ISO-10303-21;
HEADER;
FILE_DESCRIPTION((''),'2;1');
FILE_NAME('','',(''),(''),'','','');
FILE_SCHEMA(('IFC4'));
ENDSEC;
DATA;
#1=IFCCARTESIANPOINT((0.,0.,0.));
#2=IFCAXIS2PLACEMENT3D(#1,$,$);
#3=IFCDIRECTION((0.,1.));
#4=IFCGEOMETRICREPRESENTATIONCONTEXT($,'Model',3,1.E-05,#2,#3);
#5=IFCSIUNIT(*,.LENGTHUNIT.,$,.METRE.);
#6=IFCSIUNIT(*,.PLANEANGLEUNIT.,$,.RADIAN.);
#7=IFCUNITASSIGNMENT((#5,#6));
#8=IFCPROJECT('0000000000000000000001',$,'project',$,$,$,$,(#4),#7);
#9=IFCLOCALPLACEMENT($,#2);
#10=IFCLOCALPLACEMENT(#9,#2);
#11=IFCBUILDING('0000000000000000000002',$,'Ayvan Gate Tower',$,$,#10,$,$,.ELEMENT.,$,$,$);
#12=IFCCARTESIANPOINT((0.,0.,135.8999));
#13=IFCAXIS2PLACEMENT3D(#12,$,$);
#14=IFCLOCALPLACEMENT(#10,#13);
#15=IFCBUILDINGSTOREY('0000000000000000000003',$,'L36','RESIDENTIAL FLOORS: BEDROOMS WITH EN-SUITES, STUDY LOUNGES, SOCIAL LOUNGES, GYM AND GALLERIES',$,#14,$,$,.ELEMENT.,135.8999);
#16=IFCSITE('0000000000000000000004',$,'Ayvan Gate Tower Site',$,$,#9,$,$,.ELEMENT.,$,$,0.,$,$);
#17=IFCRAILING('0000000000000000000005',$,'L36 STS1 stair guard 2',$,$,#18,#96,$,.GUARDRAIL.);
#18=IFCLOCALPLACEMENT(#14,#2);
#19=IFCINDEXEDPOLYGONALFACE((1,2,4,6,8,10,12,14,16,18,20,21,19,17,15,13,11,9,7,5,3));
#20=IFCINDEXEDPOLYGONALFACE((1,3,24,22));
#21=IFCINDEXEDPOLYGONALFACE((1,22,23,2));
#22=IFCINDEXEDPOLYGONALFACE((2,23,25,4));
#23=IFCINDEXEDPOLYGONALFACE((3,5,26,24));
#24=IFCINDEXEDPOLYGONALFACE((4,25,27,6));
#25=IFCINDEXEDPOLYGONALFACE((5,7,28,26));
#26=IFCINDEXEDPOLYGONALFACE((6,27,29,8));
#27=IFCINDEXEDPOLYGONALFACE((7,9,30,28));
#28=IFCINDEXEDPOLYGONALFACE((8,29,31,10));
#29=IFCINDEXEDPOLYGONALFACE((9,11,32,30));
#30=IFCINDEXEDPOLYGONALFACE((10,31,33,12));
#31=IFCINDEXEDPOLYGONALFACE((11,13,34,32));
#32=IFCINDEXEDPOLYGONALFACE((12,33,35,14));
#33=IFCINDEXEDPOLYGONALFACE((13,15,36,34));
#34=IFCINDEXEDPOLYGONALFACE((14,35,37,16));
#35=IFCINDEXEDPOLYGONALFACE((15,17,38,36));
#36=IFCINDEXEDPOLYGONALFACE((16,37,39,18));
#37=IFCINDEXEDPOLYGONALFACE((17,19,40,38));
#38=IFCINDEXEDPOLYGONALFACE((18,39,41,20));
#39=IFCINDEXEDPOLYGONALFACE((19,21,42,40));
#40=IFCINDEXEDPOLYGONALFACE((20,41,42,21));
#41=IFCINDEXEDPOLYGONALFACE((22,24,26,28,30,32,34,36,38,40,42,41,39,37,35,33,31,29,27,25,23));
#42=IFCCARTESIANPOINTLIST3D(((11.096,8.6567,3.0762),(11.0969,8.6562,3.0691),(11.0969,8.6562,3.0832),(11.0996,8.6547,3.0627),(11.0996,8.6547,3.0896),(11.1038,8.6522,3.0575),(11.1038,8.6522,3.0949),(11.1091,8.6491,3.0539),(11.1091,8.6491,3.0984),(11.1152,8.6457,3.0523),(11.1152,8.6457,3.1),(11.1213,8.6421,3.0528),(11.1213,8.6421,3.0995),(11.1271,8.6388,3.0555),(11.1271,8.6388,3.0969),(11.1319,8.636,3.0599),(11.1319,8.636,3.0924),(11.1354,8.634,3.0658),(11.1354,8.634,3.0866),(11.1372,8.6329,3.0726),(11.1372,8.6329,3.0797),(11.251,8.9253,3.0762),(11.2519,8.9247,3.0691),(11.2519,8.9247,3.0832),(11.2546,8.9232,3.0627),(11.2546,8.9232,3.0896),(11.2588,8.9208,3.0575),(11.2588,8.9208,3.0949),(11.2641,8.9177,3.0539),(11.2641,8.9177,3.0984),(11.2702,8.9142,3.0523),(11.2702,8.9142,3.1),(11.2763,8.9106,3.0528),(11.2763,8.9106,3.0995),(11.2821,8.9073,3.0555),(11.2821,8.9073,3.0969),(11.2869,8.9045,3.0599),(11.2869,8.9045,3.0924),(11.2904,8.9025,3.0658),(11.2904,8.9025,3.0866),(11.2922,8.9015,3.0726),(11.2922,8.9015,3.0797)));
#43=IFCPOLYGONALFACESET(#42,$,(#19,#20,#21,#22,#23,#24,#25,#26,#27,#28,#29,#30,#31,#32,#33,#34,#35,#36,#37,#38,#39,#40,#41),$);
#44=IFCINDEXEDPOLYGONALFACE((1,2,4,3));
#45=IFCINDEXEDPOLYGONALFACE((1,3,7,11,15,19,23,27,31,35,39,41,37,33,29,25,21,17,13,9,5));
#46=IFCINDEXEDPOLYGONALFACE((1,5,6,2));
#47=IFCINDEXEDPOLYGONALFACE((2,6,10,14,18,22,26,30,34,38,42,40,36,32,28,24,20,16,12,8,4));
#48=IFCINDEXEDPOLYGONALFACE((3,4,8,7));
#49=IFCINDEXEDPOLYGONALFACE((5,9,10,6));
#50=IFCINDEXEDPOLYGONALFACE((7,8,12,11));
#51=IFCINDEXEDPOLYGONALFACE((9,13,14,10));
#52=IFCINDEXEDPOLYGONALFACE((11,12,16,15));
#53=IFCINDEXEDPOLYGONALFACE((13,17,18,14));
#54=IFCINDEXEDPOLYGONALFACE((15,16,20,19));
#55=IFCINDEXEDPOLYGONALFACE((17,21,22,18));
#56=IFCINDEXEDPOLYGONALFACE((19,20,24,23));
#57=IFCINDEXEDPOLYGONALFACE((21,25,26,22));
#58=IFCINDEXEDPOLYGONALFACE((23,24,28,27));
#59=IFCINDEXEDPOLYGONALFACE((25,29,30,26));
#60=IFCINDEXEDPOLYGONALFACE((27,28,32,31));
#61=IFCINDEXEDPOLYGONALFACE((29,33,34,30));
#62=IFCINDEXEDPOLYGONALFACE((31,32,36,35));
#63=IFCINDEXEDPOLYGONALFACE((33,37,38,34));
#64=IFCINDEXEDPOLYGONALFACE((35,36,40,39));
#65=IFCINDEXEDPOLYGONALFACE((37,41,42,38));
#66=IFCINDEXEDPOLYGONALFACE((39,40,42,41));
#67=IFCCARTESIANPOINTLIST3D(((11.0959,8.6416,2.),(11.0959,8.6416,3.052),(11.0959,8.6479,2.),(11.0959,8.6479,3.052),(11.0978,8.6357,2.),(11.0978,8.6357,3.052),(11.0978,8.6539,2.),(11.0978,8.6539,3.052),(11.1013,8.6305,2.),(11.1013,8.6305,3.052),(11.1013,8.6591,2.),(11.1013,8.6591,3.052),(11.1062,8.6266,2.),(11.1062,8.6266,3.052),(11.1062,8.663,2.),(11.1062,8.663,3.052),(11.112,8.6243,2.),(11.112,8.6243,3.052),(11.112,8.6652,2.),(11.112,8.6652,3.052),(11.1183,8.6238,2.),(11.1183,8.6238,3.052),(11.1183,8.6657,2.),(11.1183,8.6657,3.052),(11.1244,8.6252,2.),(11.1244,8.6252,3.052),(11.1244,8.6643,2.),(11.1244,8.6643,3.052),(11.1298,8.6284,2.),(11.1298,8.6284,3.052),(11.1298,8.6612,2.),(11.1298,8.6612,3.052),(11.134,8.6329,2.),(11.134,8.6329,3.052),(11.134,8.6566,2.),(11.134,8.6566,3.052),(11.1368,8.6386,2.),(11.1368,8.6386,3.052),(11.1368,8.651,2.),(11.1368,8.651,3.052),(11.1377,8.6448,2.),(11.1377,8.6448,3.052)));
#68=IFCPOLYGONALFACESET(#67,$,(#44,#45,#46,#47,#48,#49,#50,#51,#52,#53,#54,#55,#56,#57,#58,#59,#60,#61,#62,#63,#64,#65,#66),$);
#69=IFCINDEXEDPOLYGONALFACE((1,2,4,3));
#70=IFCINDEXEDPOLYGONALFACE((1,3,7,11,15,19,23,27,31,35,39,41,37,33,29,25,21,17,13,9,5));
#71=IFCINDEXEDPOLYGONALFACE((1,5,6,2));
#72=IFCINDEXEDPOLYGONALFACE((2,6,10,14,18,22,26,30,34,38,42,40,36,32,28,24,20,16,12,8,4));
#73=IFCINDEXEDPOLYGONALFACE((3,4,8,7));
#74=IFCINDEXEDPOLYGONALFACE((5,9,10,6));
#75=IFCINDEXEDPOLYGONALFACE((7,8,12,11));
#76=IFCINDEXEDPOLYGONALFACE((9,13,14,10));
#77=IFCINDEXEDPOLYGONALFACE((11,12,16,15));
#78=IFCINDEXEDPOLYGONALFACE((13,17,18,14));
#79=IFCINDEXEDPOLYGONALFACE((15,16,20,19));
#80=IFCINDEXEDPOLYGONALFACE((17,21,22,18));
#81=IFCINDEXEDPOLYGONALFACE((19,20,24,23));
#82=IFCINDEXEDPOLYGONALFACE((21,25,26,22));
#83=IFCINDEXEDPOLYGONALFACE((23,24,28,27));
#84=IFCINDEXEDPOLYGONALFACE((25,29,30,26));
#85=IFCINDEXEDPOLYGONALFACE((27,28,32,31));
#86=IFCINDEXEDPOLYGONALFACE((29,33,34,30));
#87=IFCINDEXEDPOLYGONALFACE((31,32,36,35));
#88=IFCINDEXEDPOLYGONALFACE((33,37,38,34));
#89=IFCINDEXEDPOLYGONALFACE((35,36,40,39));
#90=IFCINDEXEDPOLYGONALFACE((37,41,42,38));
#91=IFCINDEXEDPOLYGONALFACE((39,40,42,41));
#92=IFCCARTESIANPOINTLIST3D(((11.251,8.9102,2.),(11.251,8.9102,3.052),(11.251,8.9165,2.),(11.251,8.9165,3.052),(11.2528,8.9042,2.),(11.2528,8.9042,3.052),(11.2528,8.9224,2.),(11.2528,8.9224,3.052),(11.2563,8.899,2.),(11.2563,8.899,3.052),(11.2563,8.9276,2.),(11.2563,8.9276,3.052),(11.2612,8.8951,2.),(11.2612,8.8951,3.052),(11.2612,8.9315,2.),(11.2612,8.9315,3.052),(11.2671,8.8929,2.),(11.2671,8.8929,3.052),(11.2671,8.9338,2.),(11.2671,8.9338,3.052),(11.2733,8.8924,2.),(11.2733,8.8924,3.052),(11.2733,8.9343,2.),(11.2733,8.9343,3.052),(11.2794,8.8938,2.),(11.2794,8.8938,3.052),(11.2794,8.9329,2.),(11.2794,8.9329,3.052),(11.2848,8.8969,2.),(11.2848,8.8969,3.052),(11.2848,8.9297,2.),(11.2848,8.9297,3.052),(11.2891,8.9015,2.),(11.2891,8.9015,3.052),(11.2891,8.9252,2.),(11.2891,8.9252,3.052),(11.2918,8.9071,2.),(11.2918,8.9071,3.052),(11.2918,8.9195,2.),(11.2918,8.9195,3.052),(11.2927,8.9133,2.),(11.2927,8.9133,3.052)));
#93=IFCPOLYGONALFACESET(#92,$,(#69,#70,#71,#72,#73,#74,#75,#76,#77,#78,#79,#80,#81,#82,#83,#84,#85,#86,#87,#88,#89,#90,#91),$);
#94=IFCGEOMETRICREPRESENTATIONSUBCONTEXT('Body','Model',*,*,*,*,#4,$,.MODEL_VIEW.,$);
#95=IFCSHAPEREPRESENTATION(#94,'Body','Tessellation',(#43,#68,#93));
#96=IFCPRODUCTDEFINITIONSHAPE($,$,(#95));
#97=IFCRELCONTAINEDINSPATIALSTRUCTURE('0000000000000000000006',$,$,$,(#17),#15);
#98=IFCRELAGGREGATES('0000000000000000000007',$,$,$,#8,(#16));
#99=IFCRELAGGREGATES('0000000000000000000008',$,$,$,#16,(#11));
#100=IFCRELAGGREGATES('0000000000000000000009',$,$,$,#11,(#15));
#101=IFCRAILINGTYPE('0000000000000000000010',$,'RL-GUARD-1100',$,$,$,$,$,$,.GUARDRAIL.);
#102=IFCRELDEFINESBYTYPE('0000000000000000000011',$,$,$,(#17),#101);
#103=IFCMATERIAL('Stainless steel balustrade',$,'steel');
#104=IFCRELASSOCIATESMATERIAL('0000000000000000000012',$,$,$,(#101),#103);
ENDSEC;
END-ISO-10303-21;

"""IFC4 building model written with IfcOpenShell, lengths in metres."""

from ifc_helpers import new_model, si_unit, direction, frame, origin, origin_2d, place, context, subcontext, project, spatial, circle, extrude, material, type_object, element, save


model = new_model("IFC4")

# Units and contexts
model_context = context("Model", 3, precision=1e-05, world=origin(), true_north=direction((0.0, 1.0)))
body_context = subcontext(model_context, "Body", "Model", "MODEL_VIEW")
ifc_project = project(units=[si_unit("LENGTHUNIT", "METRE"), si_unit("PLANEANGLEUNIT", "RADIAN")], contexts=[model_context])

# Site, building, storey
site_placement = place(None, origin())
site = spatial("IfcSite", under=ifc_project, at=site_placement, Name="Ayvan Gate Tower Site", CompositionType="ELEMENT", RefElevation=0.0)
building_placement = place(site_placement, origin())
building = spatial("IfcBuilding", under=site, at=building_placement, Name="Ayvan Gate Tower", CompositionType="ELEMENT")
storey_placement = place(building_placement, frame((0.0, 0.0, 135.8999)))
storey = spatial("IfcBuildingStorey", under=building, at=storey_placement, Name="L36", Description="RESIDENTIAL FLOORS: BEDROOMS WITH EN-SUITES, STUDY LOUNGES, SOCIAL LOUNGES, GYM AND GALLERIES", CompositionType="ELEMENT", Elevation=135.8999)

# Railing
ifc_material_1 = material(Name="Stainless steel balustrade", Category="steel")
railing_type_1 = type_object("IfcRailingType", Name="RL-GUARD-1100", PredefinedType="GUARDRAIL", material=ifc_material_1)
railing_1_placement = place(storey_placement, frame((11.1167, 8.6448, 2.0)))
element("IfcRailing", 1, at=railing_1_placement, inside=storey, type_object=railing_type_1, Name="L36 STS1 stair guard 2", PredefinedType="GUARDRAIL", context=body_context, shape_type="SweptSolid", body=[
    extrude(circle(Radius=0.0239, at=origin_2d()), frame((0.0, 0.0, 1.0762), z_axis=(0.49995, 0.866054, 0.0), x_axis=(-0.866054, 0.49995, 0.0)), (0.0, 0.0, 1.0), 0.3101),
    extrude(circle(Radius=0.021, at=origin_2d()), origin(), (0.0, 0.0, 1.0), 1.052),
    extrude(circle(Radius=0.021, at=origin_2d()), frame((0.155, 0.2686, 0.0)), (0.0, 0.0, 1.0), 1.052),
])

save(model, "model.ifc")
